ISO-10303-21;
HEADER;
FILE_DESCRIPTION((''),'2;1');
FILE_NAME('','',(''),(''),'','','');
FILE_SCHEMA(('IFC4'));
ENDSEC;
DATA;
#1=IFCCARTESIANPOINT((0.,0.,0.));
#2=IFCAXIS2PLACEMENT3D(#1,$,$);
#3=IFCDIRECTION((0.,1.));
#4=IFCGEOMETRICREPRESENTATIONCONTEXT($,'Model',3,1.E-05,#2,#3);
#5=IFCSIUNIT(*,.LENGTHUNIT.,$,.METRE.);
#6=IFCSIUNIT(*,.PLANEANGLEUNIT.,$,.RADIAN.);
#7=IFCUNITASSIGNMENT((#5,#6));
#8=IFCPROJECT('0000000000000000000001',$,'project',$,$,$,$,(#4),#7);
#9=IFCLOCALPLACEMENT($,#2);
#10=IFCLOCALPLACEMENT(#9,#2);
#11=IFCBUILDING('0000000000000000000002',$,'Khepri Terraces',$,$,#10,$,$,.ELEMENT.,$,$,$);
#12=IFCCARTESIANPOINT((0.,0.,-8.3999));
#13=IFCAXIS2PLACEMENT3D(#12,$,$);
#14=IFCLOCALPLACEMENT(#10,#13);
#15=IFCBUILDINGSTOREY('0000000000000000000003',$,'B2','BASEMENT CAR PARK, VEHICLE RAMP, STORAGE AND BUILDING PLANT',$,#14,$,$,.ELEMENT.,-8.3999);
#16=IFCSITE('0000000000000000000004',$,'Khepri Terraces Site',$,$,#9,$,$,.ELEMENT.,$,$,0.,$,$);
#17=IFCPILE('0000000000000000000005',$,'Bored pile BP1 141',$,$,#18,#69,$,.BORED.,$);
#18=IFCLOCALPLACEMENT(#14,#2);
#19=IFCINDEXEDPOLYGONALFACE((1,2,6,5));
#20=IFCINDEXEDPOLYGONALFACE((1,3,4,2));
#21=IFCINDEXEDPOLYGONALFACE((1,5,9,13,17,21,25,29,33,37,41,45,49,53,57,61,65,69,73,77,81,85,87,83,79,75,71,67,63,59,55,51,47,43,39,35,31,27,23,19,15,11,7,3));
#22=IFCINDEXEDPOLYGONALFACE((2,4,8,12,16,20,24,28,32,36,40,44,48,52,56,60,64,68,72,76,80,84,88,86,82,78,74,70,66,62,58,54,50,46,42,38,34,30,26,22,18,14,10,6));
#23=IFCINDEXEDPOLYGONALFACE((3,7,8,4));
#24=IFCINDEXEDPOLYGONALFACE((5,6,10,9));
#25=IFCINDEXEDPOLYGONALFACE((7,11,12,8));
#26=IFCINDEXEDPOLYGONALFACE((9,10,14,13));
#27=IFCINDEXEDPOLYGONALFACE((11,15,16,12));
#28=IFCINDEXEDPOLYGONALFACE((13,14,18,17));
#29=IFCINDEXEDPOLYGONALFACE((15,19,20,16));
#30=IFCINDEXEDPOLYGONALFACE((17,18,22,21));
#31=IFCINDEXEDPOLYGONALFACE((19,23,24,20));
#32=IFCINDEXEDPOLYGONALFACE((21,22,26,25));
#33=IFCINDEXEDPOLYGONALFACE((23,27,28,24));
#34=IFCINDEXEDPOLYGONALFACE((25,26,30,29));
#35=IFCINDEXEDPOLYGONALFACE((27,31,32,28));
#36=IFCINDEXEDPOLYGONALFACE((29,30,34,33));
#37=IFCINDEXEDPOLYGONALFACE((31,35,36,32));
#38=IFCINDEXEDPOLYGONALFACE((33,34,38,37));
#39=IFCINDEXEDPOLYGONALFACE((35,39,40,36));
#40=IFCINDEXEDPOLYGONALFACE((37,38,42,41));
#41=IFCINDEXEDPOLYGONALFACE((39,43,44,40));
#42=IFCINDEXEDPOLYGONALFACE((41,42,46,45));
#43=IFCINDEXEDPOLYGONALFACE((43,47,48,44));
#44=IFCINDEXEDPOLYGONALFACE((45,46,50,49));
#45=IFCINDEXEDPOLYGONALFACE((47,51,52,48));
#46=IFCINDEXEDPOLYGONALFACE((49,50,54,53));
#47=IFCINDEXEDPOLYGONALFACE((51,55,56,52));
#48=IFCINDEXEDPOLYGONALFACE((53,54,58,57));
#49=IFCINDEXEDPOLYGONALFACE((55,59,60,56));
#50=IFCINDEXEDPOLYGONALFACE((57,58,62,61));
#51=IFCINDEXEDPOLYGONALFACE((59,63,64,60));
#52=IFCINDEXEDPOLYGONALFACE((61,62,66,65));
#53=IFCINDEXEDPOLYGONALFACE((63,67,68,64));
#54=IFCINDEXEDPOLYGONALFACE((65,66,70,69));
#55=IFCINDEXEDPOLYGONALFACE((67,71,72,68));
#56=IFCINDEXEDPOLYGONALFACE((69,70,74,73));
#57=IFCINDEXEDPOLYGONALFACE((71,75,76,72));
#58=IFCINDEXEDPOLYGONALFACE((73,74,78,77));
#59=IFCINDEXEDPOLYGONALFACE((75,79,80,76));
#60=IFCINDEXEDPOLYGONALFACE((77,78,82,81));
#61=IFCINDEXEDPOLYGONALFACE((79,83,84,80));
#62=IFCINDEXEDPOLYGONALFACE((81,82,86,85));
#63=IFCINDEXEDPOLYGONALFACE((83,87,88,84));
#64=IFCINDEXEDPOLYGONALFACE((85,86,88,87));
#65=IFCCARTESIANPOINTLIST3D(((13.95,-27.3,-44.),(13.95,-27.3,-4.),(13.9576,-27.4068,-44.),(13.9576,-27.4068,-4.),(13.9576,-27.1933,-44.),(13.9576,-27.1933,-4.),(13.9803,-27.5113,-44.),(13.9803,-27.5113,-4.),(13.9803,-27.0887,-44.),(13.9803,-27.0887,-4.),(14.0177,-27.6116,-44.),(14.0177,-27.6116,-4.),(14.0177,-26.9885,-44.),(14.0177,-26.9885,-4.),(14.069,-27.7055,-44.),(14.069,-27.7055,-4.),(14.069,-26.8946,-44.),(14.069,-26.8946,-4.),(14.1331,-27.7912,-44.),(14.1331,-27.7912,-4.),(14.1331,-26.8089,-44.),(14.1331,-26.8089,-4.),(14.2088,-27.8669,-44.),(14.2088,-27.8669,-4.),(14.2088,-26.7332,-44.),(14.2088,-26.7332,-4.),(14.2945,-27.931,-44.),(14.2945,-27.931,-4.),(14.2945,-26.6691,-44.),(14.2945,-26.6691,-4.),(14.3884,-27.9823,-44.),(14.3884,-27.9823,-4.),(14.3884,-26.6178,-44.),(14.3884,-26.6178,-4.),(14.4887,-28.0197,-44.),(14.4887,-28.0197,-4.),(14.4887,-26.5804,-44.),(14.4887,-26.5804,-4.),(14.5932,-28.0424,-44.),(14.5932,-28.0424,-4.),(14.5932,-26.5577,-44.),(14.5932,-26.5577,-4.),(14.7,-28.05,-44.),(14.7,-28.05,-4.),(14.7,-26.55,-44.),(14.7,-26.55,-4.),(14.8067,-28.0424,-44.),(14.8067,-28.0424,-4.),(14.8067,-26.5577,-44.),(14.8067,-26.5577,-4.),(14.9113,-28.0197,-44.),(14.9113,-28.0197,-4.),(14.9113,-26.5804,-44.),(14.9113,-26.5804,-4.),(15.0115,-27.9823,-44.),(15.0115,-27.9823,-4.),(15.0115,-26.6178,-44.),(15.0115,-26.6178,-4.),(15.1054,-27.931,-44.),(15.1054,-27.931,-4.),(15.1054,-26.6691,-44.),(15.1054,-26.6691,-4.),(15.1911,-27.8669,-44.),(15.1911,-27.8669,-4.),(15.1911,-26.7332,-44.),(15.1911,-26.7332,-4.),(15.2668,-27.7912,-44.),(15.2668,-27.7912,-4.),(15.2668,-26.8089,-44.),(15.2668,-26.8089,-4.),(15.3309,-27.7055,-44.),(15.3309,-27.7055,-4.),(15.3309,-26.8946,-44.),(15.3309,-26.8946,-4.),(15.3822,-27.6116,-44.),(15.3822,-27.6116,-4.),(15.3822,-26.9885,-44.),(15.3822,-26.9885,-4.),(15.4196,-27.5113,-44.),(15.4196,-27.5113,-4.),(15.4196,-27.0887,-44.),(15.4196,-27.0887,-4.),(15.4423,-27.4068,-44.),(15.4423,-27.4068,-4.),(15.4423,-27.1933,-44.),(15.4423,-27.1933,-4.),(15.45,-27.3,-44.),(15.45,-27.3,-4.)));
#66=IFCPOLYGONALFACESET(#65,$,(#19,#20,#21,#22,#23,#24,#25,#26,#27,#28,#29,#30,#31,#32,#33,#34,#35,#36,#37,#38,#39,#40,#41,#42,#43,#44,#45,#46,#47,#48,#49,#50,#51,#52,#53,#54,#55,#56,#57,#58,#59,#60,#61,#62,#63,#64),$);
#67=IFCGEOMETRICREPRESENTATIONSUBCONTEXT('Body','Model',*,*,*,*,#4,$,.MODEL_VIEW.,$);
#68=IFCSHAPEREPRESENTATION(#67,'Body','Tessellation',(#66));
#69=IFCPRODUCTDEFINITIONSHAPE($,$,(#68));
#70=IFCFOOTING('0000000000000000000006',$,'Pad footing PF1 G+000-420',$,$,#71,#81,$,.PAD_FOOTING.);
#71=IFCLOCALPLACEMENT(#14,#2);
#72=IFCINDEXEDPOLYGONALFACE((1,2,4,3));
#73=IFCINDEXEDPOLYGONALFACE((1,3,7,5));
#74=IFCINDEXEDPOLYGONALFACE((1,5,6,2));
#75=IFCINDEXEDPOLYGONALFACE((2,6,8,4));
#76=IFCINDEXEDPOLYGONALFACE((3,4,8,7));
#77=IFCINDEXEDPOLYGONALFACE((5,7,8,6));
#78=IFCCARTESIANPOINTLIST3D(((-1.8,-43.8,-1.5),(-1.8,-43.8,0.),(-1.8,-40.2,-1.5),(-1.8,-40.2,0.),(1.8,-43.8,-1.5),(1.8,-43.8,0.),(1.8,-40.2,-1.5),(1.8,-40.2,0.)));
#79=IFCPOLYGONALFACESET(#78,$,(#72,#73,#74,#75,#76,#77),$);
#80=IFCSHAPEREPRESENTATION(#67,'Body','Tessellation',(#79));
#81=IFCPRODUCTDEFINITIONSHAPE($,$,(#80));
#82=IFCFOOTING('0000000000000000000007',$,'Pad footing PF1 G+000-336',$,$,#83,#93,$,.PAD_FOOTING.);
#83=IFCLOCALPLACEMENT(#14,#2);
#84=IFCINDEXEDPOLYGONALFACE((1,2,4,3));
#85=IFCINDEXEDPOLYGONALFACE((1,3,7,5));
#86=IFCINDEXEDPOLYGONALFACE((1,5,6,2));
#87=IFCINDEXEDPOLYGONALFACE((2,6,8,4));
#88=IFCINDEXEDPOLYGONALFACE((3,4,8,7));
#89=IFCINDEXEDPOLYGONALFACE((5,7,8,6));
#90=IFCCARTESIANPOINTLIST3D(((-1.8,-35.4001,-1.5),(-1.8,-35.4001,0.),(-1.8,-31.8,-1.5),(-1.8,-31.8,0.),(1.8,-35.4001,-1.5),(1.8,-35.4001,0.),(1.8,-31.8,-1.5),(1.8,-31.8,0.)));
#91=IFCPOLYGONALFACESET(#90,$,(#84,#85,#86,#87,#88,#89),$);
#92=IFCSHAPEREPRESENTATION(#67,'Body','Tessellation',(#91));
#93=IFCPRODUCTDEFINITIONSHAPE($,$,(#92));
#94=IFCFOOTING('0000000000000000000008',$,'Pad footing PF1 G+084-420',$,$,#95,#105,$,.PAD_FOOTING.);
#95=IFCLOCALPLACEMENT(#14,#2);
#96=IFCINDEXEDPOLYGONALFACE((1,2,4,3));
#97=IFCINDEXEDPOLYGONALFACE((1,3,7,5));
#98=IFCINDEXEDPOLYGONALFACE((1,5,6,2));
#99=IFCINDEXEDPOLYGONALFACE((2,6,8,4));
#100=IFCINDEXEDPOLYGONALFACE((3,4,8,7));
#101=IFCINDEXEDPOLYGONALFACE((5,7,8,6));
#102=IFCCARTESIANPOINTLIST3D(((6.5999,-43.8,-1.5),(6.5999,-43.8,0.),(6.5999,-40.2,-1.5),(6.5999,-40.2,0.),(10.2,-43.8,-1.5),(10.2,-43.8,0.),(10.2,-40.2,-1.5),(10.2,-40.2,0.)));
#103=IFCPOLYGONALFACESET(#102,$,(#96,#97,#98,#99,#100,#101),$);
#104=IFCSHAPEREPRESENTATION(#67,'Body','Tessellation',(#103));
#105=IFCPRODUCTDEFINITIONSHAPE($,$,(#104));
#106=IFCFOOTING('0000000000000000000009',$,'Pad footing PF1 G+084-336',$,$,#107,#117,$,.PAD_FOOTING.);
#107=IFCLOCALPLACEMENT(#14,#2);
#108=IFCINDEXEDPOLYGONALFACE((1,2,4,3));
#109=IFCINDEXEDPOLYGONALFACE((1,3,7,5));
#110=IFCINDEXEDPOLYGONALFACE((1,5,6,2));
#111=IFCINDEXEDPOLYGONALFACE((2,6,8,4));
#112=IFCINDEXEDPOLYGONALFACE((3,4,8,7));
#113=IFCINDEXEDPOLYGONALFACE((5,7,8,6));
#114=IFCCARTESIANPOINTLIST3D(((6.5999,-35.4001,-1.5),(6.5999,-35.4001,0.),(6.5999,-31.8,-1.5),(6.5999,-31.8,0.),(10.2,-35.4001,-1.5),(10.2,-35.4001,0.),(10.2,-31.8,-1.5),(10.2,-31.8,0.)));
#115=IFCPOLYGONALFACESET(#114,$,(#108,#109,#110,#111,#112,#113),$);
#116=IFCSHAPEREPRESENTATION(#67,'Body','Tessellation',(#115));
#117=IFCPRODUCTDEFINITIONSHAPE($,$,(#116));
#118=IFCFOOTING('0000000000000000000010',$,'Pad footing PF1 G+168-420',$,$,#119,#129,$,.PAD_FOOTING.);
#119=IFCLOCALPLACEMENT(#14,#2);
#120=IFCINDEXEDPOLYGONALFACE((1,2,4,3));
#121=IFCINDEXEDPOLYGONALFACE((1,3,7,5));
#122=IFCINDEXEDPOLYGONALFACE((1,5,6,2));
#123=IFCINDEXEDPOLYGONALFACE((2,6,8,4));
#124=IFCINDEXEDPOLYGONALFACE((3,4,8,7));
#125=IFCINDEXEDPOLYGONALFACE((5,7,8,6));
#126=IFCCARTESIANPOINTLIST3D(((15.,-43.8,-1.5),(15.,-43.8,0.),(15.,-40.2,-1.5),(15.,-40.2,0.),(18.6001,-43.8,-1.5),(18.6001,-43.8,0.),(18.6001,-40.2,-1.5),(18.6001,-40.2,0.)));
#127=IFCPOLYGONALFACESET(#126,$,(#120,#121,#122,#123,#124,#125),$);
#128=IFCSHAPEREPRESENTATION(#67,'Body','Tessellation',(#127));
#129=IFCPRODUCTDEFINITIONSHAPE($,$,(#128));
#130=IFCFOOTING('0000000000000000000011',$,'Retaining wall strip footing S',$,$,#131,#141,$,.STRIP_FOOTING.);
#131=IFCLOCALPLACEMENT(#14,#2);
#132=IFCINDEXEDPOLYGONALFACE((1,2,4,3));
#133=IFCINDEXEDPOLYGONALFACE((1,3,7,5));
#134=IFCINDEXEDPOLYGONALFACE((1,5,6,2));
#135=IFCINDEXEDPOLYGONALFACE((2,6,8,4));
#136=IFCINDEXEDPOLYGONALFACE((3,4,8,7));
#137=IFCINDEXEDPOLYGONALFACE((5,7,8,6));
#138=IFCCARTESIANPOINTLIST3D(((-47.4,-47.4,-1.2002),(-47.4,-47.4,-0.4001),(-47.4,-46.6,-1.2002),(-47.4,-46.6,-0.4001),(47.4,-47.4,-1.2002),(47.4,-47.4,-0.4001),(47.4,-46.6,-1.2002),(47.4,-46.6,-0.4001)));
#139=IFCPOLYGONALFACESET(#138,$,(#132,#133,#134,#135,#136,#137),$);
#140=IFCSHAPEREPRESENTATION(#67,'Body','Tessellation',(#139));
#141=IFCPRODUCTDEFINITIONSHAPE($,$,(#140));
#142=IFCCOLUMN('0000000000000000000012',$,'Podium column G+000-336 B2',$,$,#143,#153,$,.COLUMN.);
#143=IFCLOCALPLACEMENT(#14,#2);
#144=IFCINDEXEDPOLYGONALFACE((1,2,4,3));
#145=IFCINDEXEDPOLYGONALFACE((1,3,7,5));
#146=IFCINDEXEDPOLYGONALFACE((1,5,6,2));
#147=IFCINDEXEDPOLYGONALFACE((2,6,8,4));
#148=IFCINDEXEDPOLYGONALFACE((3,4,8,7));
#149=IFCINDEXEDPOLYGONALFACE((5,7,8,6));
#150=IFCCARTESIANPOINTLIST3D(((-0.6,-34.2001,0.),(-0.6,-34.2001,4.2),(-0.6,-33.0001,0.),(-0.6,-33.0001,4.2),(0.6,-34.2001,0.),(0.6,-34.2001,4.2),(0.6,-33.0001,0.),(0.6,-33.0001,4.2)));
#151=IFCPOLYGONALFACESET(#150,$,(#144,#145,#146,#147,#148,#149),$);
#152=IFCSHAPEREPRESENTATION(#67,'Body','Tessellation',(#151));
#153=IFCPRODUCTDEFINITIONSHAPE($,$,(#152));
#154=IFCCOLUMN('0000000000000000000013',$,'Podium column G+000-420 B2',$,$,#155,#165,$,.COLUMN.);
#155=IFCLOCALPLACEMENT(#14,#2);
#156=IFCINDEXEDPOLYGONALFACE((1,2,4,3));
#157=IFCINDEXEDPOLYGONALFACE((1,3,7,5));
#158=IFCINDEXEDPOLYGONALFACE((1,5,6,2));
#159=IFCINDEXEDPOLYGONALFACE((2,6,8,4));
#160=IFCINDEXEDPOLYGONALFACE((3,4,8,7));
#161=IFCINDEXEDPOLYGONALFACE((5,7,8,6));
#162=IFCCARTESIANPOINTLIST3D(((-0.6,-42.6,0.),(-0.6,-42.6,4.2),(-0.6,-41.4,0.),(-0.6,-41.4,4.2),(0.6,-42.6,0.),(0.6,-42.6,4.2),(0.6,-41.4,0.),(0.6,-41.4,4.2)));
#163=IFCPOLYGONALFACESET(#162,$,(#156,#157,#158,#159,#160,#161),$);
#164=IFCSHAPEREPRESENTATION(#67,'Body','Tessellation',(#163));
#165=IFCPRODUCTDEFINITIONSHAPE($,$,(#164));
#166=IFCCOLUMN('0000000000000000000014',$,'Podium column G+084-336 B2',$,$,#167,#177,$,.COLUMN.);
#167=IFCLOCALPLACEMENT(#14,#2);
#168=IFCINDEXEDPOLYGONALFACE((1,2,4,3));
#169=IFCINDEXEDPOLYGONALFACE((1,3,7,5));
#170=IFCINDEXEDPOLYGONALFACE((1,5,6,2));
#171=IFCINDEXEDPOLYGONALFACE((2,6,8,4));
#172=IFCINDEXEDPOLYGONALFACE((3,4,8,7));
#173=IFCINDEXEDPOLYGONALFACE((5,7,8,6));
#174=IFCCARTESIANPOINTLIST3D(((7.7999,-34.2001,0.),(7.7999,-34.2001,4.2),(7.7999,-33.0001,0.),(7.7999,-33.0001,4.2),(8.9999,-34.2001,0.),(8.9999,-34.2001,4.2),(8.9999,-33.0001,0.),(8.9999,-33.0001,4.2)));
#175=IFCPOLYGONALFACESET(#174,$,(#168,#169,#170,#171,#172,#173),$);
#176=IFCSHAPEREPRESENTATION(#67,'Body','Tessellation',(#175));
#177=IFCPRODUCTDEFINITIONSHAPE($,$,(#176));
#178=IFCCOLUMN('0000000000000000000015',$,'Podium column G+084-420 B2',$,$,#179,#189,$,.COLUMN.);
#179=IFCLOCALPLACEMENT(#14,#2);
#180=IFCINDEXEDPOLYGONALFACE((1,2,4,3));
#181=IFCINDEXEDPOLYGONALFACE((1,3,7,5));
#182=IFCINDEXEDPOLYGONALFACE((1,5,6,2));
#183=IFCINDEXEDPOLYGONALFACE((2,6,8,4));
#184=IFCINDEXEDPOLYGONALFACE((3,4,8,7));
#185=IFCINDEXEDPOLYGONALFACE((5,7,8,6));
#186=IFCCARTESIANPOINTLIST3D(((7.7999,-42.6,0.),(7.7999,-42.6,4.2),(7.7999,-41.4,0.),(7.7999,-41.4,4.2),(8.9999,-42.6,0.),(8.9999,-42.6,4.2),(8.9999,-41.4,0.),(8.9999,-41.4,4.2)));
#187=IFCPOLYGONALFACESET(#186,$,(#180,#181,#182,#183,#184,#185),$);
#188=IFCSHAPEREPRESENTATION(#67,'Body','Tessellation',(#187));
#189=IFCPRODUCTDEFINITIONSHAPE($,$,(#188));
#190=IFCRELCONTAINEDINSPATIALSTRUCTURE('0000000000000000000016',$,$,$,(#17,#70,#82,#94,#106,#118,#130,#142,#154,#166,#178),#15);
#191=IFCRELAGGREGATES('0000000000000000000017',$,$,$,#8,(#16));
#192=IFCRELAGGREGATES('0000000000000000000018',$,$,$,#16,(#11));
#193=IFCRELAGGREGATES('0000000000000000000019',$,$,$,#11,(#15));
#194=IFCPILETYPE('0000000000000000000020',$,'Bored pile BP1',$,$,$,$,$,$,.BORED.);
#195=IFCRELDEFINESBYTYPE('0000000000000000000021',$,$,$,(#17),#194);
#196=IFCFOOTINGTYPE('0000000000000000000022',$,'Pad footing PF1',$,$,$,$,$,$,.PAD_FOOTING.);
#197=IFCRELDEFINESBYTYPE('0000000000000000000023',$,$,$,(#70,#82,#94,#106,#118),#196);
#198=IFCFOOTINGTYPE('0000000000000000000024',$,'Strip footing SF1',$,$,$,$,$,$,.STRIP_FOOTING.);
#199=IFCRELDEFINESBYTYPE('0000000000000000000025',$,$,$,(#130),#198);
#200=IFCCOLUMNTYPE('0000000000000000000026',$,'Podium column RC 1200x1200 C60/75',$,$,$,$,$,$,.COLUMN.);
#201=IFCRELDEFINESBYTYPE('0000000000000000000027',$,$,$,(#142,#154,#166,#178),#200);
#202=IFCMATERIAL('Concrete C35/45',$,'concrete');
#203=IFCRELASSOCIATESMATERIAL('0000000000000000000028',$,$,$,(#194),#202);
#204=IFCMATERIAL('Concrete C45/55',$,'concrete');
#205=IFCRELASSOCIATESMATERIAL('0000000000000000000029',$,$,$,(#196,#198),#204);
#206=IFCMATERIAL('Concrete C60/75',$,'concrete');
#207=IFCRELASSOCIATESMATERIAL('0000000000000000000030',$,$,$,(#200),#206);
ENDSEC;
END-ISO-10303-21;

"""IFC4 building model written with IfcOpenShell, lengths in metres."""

from ifc_helpers import new_model, si_unit, direction, frame, origin, origin_2d, place, context, subcontext, project, spatial, rectangle, circle, extrude, material, material_profile, profile_set, type_object, element, save


model = new_model("IFC4")

# Units and contexts
model_context = context("Model", 3, precision=1e-05, world=origin(), true_north=direction((0.0, 1.0)))
body_context = subcontext(model_context, "Body", "Model", "MODEL_VIEW")
ifc_project = project(units=[si_unit("LENGTHUNIT", "METRE"), si_unit("PLANEANGLEUNIT", "RADIAN")], contexts=[model_context])

# Site, building, storey
site_placement = place(None, origin())
site = spatial("IfcSite", under=ifc_project, at=site_placement, Name="Khepri Terraces Site", CompositionType="ELEMENT", RefElevation=0.0)
building_placement = place(site_placement, origin())
building = spatial("IfcBuilding", under=site, at=building_placement, Name="Khepri Terraces", CompositionType="ELEMENT")
storey_placement = place(building_placement, frame((0.0, 0.0, -8.3999)))
storey = spatial("IfcBuildingStorey", under=building, at=storey_placement, Name="B2", Description="BASEMENT CAR PARK, VEHICLE RAMP, STORAGE AND BUILDING PLANT", CompositionType="ELEMENT", Elevation=-8.3999)

# Pile
ifc_material_1 = material(Name="Concrete C35/45", Category="concrete")
ifc_material_profile_1 = material_profile(ifc_material_1, circle(Radius=0.75, at=origin_2d()), Name="Concrete C35/45", Category="concrete")
ifc_profile_set_1 = profile_set([ifc_material_profile_1], Name="Concrete C35/45")
pile_type = type_object("IfcPileType", Name="Bored pile BP1", PredefinedType="BORED", material=ifc_profile_set_1)
for number, where, z_axis, x_axis, name in (
    (1, (14.7, -27.3, -4.0), (0.0, 0.0, -1.0), (1.0, 0.0, 0.0), "Bored pile BP1 141"),
):
    element("IfcPile", number, at=place(storey_placement, frame(where, z_axis=z_axis, x_axis=x_axis)), inside=storey, type_object=pile_type, Name=name, PredefinedType="BORED", context=body_context, shape_type="SweptSolid", body=[
        extrude(circle(Radius=0.75, at=origin_2d()), origin(), (0.0, 0.0, 1.0), 40.0),
    ])

# Footings
ifc_material_2 = material(Name="Concrete C45/55", Category="concrete")
footing_type_1 = type_object("IfcFootingType", Name="Pad footing PF1", PredefinedType="PAD_FOOTING", material=ifc_material_2)
for number, where, z_axis, x_axis, name in (
    (2, (0.0, -42.0, -1.5), (0.0, 0.0, 1.0), (1.0, 0.0, 0.0), "Pad footing PF1 G+000-420"),
    (3, (0.0, -33.6001, -1.5), (0.0, 0.0, 1.0), (1.0, 0.0, 0.0), "Pad footing PF1 G+000-336"),
    (4, (8.3999, -42.0, -1.5), (0.0, 0.0, 1.0), (1.0, 0.0, 0.0), "Pad footing PF1 G+084-420"),
    (5, (8.3999, -33.6001, -1.5), (0.0, 0.0, 1.0), (1.0, 0.0, 0.0), "Pad footing PF1 G+084-336"),
    (6, (16.8, -42.0, -1.5), (0.0, 0.0, 1.0), (1.0, 0.0, 0.0), "Pad footing PF1 G+168-420"),
):
    element("IfcFooting", number, at=place(storey_placement, frame(where, z_axis=z_axis, x_axis=x_axis)), inside=storey, type_object=footing_type_1, Name=name, PredefinedType="PAD_FOOTING", context=body_context, shape_type="SweptSolid", body=[
        extrude(rectangle(XDim=3.6001, YDim=3.6001, at=origin_2d()), origin(), (0.0, 0.0, 1.0), 1.5),
    ])
footing_type_2 = type_object("IfcFootingType", Name="Strip footing SF1", PredefinedType="STRIP_FOOTING", material=ifc_material_2)
footing_placement = place(storey_placement, frame((0.0, -47.0, -1.2002), z_axis=(0.0, 0.0, 1.0), x_axis=(1.0, 0.0, 0.0)))
element("IfcFooting", 7, at=footing_placement, inside=storey, type_object=footing_type_2, Name="Retaining wall strip footing S", PredefinedType="STRIP_FOOTING", context=body_context, shape_type="SweptSolid", body=[
    extrude(rectangle(XDim=94.8, YDim=0.8, at=origin_2d()), origin(), (0.0, 0.0, 1.0), 0.8),
])

# Columns
ifc_material_3 = material(Name="Concrete C60/75", Category="concrete")
ifc_material_profile_2 = material_profile(ifc_material_3, rectangle(XDim=1.2, YDim=1.2, at=origin_2d()), Name="Concrete C60/75", Category="concrete")
ifc_profile_set_2 = profile_set([ifc_material_profile_2], Name="Concrete C60/75")
column_type = type_object("IfcColumnType", Name="Podium column RC 1200x1200 C60/75", PredefinedType="COLUMN", material=ifc_profile_set_2)
for number, where, z_axis, x_axis, name in (
    (8, (0.0, -33.6001, 0.0), (0.0, 0.0, 1.0), (1.0, 0.0, 0.0), "Podium column G+000-336 B2"),
    (9, (0.0, -42.0, 0.0), (0.0, 0.0, 1.0), (1.0, 0.0, 0.0), "Podium column G+000-420 B2"),
    (10, (8.3999, -33.6001, 0.0), (0.0, 0.0, 1.0), (1.0, 0.0, 0.0), "Podium column G+084-336 B2"),
    (11, (8.3999, -42.0, 0.0), (0.0, 0.0, 1.0), (1.0, 0.0, 0.0), "Podium column G+084-420 B2"),
):
    element("IfcColumn", number, at=place(storey_placement, frame(where, z_axis=z_axis, x_axis=x_axis)), inside=storey, type_object=column_type, Name=name, PredefinedType="COLUMN", context=body_context, shape_type="SweptSolid", body=[
        extrude(rectangle(XDim=1.2, YDim=1.2, at=origin_2d()), origin(), (0.0, 0.0, 1.0), 4.2),
    ])

save(model, "model.ifc")
